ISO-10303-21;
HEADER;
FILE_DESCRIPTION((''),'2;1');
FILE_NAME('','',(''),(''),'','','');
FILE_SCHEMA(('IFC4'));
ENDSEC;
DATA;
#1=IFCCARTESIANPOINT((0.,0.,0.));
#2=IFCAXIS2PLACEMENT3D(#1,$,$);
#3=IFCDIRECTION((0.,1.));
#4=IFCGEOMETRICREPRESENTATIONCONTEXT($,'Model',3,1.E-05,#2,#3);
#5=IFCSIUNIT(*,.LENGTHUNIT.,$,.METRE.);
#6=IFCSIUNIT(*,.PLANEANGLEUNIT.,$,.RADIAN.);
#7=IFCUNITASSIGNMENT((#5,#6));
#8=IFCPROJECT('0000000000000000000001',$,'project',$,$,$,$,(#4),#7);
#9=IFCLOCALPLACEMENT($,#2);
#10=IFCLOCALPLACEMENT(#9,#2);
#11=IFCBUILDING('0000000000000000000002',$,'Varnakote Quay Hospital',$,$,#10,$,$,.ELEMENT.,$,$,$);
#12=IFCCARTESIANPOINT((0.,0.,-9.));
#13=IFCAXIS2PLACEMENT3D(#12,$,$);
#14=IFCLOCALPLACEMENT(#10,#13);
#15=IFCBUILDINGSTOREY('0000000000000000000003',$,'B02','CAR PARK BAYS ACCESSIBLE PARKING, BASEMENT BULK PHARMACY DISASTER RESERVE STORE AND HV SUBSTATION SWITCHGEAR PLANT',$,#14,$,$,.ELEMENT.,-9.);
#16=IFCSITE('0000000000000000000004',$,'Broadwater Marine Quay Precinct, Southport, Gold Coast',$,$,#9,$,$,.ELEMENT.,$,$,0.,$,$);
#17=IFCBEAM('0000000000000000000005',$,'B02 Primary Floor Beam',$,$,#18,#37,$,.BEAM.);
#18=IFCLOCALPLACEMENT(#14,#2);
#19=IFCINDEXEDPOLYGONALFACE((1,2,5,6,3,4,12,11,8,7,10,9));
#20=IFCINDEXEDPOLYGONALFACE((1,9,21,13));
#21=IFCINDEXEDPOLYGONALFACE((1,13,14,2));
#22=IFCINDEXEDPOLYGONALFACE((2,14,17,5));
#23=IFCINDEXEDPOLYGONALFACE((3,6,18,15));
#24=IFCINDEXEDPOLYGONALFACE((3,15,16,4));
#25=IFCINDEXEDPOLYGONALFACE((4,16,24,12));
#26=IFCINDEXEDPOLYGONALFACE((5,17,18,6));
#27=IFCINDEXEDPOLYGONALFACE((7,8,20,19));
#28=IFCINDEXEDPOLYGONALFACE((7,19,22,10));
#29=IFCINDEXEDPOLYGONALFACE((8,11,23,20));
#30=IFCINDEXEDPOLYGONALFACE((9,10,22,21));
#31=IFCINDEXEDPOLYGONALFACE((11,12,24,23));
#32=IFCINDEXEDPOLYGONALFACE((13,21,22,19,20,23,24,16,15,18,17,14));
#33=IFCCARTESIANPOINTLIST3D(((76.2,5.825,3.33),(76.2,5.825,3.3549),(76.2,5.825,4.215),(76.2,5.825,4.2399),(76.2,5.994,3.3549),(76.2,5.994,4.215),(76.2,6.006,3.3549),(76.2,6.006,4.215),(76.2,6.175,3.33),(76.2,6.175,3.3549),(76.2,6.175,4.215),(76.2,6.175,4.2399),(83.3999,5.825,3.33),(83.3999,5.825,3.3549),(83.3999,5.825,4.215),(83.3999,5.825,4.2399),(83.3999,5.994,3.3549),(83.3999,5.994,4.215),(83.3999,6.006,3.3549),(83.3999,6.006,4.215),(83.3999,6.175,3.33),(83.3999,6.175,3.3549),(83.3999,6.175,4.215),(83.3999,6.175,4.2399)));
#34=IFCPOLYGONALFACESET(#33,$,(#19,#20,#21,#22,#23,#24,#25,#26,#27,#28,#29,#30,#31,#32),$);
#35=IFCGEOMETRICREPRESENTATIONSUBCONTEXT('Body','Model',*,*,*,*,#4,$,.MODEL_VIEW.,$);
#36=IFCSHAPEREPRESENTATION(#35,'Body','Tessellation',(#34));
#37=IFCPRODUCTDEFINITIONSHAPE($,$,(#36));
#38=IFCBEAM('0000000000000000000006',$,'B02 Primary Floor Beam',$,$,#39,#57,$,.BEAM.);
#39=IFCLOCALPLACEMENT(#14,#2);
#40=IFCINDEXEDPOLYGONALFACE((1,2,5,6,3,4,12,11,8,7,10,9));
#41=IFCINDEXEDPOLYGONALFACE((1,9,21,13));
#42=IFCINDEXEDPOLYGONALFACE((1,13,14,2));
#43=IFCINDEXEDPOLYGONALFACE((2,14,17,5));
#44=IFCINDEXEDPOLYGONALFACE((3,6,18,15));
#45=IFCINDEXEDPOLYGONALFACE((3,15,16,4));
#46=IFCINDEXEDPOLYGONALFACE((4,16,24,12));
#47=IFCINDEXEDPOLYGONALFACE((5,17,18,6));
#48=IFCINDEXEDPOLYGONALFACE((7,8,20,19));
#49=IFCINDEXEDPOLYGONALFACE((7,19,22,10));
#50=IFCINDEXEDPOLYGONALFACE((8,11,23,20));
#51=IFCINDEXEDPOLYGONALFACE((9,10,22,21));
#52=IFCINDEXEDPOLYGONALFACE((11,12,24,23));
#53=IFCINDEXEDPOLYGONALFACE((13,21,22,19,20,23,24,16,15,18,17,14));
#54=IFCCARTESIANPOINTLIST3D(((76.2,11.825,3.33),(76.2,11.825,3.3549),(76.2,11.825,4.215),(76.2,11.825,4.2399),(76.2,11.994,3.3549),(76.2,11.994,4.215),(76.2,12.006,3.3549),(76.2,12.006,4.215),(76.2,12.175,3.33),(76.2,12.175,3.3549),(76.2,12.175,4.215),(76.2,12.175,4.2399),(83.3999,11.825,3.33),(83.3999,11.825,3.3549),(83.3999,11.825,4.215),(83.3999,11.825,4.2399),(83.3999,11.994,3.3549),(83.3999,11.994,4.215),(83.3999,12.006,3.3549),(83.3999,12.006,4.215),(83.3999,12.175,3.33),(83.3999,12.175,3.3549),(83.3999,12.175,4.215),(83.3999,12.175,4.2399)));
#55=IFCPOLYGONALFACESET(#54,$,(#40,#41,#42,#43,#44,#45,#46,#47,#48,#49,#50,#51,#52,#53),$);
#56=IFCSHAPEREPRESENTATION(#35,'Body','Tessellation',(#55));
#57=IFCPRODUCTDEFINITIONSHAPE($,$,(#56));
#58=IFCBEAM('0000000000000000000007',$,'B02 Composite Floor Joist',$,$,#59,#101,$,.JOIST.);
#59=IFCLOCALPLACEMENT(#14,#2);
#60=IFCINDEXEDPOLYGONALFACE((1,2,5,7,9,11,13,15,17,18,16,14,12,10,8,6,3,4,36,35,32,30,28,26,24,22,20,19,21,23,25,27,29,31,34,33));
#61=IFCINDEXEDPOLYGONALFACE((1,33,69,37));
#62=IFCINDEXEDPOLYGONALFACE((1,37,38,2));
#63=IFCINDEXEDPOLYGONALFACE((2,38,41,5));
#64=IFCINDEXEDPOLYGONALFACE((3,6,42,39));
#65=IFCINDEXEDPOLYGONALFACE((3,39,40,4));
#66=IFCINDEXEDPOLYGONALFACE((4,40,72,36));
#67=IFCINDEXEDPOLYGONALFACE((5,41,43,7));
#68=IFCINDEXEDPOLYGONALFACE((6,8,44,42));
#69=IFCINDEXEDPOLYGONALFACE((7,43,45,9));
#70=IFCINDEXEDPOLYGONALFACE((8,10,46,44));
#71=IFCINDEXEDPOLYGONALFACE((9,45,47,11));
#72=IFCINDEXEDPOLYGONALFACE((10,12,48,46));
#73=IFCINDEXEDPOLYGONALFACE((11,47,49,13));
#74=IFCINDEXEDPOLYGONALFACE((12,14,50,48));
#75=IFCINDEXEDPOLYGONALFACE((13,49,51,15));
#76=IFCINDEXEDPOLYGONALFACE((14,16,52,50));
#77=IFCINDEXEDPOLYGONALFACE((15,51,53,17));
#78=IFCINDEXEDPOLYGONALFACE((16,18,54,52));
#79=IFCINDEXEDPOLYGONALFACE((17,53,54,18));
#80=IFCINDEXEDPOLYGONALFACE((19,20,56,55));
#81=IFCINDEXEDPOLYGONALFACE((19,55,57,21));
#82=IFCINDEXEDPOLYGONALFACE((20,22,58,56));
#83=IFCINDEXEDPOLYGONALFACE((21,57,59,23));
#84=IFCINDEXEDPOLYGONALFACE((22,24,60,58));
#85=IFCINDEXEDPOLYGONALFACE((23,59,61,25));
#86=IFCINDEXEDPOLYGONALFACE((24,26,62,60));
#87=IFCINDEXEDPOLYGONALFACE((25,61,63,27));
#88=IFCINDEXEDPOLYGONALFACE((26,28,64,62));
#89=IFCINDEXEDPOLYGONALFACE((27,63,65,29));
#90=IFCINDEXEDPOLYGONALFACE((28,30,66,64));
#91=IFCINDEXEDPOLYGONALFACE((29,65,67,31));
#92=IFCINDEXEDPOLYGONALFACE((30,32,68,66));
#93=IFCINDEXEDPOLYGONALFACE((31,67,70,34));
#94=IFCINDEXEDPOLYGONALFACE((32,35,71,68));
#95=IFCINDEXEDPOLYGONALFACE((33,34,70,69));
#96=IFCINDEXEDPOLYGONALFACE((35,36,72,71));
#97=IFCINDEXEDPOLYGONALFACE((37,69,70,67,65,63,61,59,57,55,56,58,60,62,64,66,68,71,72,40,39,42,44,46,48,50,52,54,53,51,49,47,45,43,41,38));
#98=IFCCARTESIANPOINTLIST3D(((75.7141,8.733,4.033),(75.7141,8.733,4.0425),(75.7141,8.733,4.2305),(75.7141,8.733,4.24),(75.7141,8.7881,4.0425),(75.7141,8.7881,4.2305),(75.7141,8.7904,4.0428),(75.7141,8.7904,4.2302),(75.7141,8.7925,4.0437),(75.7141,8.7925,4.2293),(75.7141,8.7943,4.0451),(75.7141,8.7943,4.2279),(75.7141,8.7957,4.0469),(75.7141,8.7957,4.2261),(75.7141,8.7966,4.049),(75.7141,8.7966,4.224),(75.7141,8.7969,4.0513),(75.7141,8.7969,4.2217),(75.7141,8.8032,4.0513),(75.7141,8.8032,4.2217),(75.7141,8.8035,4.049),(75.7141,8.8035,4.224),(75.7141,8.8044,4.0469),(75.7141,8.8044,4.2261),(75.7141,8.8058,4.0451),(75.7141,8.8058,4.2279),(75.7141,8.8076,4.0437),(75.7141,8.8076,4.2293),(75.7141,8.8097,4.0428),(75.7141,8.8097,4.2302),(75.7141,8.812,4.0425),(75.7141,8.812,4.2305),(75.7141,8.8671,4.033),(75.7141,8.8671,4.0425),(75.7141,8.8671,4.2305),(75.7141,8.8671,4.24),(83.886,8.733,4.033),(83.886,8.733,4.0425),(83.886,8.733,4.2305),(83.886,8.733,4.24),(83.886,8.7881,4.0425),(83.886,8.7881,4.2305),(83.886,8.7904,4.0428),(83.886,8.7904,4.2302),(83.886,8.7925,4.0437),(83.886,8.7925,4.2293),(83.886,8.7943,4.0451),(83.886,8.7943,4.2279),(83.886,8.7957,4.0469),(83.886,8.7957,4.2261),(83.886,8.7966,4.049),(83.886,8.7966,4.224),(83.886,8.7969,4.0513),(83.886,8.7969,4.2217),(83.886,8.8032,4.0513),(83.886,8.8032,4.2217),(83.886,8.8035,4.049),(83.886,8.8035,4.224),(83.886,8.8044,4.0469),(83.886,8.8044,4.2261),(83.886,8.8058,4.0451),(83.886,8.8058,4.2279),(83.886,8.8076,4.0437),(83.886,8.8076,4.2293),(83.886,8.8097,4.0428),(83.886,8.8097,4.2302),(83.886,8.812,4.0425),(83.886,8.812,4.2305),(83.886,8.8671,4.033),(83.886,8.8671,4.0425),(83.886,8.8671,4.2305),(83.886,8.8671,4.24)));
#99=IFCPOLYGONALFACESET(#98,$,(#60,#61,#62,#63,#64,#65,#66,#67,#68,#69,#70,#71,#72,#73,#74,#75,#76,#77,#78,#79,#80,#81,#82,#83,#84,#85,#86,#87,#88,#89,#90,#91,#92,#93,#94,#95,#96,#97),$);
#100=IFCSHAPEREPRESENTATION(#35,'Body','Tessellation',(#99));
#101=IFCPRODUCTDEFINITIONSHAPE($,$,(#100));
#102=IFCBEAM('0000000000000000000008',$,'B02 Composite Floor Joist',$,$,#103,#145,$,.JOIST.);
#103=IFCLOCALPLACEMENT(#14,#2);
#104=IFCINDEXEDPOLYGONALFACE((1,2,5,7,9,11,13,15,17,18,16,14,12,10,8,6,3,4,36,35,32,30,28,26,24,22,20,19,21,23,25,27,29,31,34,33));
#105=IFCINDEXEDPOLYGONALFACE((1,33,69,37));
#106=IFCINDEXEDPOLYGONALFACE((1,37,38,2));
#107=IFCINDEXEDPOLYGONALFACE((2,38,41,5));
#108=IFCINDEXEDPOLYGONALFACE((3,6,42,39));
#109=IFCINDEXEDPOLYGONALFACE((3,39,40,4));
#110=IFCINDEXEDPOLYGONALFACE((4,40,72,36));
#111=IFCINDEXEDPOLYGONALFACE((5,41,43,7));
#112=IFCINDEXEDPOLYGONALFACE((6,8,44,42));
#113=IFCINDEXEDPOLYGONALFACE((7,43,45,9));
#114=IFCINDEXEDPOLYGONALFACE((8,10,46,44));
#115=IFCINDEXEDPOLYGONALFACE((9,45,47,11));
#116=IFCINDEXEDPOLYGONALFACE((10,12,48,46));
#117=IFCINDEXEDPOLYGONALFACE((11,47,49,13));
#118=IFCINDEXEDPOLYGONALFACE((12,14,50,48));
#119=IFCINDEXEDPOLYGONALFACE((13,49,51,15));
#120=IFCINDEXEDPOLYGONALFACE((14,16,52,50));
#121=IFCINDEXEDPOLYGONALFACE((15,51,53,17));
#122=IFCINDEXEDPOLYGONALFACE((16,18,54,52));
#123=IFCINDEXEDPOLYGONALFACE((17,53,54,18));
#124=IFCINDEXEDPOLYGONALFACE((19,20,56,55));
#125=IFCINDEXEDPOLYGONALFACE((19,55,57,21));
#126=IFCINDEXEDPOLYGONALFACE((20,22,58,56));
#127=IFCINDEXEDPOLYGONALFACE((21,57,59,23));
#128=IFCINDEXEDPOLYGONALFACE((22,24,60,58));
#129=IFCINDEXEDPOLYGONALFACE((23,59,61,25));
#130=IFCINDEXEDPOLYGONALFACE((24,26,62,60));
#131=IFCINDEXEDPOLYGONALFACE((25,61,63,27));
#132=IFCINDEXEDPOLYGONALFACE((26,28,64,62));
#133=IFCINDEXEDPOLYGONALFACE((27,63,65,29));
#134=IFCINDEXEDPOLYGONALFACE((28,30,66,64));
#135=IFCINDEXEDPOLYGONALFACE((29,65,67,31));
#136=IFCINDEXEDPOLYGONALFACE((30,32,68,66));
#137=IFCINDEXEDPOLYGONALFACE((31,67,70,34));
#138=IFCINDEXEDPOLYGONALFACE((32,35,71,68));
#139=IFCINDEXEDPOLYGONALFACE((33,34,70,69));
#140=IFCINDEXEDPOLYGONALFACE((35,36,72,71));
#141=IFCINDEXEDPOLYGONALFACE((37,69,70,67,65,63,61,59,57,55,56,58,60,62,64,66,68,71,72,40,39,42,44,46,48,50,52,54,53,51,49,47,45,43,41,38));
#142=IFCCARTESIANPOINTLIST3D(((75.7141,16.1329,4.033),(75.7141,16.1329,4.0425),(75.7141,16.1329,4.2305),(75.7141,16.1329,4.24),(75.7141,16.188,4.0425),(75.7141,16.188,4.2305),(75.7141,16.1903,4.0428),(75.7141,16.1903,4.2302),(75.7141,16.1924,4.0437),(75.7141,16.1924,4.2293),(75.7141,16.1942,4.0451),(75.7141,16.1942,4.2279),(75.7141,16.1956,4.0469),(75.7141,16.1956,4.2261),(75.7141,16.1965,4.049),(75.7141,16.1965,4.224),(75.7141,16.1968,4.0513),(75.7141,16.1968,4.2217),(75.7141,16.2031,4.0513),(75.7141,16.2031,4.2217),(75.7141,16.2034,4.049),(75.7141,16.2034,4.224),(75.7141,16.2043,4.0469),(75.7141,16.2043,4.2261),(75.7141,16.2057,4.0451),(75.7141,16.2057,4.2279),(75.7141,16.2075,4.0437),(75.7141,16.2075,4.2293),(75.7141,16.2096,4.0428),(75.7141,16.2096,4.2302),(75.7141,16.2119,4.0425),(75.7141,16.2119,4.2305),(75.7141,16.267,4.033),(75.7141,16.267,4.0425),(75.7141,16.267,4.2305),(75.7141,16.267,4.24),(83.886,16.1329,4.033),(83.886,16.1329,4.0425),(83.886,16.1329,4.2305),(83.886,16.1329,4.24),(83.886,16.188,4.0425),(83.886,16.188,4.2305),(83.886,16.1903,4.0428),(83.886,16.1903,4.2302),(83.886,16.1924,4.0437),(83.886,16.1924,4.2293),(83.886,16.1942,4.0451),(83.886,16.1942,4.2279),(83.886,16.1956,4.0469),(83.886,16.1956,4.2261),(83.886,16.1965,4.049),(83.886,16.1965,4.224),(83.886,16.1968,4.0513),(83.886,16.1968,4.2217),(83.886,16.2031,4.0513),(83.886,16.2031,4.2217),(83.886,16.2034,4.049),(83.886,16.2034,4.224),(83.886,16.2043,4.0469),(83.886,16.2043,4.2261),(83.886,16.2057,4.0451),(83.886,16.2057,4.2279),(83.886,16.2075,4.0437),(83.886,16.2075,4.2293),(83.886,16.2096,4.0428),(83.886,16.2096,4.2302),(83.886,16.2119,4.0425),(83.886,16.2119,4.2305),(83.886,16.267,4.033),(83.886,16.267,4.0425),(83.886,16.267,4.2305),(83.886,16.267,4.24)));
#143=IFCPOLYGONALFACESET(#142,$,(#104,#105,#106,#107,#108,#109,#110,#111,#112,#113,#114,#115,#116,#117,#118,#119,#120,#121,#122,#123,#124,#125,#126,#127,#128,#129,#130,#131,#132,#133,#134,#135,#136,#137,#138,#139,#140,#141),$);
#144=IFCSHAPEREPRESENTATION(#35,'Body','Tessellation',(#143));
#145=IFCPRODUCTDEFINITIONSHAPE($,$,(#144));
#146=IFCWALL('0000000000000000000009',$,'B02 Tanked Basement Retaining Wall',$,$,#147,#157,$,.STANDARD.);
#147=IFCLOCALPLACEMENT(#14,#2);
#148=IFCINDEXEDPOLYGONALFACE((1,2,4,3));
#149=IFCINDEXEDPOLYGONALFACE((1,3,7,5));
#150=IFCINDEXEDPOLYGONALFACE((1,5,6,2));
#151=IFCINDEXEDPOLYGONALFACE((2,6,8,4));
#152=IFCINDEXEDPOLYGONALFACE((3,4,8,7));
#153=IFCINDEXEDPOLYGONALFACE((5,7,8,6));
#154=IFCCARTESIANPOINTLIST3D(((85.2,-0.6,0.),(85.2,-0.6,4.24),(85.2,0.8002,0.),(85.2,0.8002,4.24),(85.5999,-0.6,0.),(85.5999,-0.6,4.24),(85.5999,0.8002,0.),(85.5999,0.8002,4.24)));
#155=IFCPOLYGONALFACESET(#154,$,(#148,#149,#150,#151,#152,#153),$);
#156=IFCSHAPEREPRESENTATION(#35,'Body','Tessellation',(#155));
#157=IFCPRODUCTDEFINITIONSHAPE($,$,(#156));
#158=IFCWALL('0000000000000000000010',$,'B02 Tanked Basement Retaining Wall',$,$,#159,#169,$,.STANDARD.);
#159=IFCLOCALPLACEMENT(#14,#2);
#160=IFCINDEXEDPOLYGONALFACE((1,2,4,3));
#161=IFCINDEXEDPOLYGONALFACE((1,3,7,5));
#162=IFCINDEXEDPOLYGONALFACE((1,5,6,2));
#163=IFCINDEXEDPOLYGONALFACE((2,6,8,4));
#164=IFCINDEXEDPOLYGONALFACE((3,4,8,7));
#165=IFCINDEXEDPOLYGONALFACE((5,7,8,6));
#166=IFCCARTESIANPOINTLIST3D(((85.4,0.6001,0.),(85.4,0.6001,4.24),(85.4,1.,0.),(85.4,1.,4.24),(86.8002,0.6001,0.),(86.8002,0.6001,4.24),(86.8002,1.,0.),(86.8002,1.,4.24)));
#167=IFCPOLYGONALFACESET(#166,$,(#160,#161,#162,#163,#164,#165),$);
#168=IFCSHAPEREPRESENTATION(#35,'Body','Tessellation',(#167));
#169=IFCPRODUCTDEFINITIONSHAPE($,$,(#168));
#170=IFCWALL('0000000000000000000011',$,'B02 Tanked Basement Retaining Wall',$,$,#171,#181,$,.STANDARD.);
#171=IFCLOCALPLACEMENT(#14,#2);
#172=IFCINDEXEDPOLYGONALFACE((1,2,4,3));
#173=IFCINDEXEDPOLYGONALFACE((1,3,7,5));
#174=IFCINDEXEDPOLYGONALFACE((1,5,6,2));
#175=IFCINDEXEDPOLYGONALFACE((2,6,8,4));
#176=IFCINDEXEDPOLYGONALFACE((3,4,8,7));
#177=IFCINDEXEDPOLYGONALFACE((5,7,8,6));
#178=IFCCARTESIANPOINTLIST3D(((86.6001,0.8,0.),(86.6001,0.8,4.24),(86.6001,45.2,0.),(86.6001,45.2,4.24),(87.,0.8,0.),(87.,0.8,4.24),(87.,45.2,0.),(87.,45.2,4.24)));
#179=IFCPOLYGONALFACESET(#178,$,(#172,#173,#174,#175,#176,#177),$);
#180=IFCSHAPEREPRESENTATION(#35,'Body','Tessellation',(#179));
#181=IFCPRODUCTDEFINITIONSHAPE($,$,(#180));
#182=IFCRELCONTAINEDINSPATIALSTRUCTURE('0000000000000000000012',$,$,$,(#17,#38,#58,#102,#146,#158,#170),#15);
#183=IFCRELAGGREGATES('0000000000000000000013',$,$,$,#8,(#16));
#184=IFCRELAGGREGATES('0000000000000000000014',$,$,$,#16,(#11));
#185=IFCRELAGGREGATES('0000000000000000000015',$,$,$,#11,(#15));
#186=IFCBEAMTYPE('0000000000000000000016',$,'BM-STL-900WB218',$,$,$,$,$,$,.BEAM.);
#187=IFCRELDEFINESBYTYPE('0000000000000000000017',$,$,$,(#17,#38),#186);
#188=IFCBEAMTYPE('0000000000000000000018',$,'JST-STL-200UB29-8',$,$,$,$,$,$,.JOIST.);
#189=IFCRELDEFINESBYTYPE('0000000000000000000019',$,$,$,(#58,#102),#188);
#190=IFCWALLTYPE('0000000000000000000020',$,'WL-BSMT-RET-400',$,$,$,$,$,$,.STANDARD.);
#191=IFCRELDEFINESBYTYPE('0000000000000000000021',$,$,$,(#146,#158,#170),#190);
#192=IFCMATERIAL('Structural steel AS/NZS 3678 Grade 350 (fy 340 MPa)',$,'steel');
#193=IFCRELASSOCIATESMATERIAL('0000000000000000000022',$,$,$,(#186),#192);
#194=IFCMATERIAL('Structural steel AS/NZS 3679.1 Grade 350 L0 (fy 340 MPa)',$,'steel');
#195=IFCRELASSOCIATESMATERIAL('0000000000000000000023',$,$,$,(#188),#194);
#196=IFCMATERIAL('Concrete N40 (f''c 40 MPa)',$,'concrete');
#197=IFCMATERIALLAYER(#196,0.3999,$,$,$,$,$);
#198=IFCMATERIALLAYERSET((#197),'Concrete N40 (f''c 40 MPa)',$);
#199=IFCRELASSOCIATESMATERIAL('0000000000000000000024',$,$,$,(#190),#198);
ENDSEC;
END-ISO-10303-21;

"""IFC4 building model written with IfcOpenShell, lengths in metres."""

from ifc_helpers import new_model, si_unit, direction, frame, frame_2d, origin, origin_2d, place, context, subcontext, project, spatial, rectangle, i_section, extrude, material, layer, layer_set, material_profile, profile_set, type_object, element, save


model = new_model("IFC4")

# Units and contexts
model_context = context("Model", 3, precision=1e-05, world=origin(), true_north=direction((0.0, 1.0)))
body_context = subcontext(model_context, "Body", "Model", "MODEL_VIEW")
ifc_project = project(units=[si_unit("LENGTHUNIT", "METRE"), si_unit("PLANEANGLEUNIT", "RADIAN")], contexts=[model_context])

# Site, building, storey
site_placement = place(None, origin())
site = spatial("IfcSite", under=ifc_project, at=site_placement, Name="Broadwater Marine Quay Precinct, Southport, Gold Coast", CompositionType="ELEMENT", RefElevation=0.0)
building_placement = place(site_placement, origin())
building = spatial("IfcBuilding", under=site, at=building_placement, Name="Varnakote Quay Hospital", CompositionType="ELEMENT")
storey_placement = place(building_placement, frame((0.0, 0.0, -9.0)))
storey = spatial("IfcBuildingStorey", under=building, at=storey_placement, Name="B02", Description="CAR PARK BAYS ACCESSIBLE PARKING, BASEMENT BULK PHARMACY DISASTER RESERVE STORE AND HV SUBSTATION SWITCHGEAR PLANT", CompositionType="ELEMENT", Elevation=-9.0)

# Beams
ifc_material_1 = material(Name="Structural steel AS/NZS 3678 Grade 350 (fy 340 MPa)", Category="steel")
ifc_material_profile_1 = material_profile(ifc_material_1, i_section(OverallWidth=0.3501, OverallDepth=0.9099, WebThickness=0.012, FlangeThickness=0.0249, at=origin_2d()), Name="900WB218")
ifc_profile_set_1 = profile_set([ifc_material_profile_1], Name="Structural steel AS/NZS 3678 Grade 350 (fy 340 MPa)")
beam_type_1 = type_object("IfcBeamType", Name="BM-STL-900WB218", PredefinedType="BEAM", material=ifc_profile_set_1)
for number, where, z_axis, x_axis, name in (
    (1, (76.2, 6.0, 3.7849), (1.0, 0.0, 0.0), (0.0, 1.0, 0.0), "B02 Primary Floor Beam"),
    (2, (76.2, 12.0, 3.7849), (1.0, 0.0, 0.0), (0.0, 1.0, 0.0), "B02 Primary Floor Beam"),
):
    element("IfcBeam", number, at=place(storey_placement, frame(where, z_axis=z_axis, x_axis=x_axis)), inside=storey, type_object=beam_type_1, Name=name, PredefinedType="BEAM", context=body_context, shape_type="SweptSolid", body=[
        extrude(i_section(OverallWidth=0.3501, OverallDepth=0.9099, WebThickness=0.012, FlangeThickness=0.0249, at=origin_2d()), origin(), (0.0, 0.0, 1.0), 7.2),
    ])
ifc_material_2 = material(Name="Structural steel AS/NZS 3679.1 Grade 350 L0 (fy 340 MPa)", Category="steel")
ifc_material_profile_2 = material_profile(ifc_material_2, i_section(OverallWidth=0.134, OverallDepth=0.207, WebThickness=0.0063, FlangeThickness=0.0095, FilletRadius=0.0088, at=origin_2d()), Name="200UB29.8")
ifc_profile_set_2 = profile_set([ifc_material_profile_2], Name="Structural steel AS/NZS 3679.1 Grade 350 L0 (fy 340 MPa)")
beam_type_2 = type_object("IfcBeamType", Name="JST-STL-200UB29-8", PredefinedType="JOIST", material=ifc_profile_set_2)
for number, where, z_axis, x_axis, name in (
    (3, (75.7141, 8.8, 4.1365), (1.0, 0.0, 0.0), (0.0, 1.0, 0.0), "B02 Composite Floor Joist"),
    (4, (75.7141, 16.2, 4.1365), (1.0, 0.0, 0.0), (0.0, 1.0, 0.0), "B02 Composite Floor Joist"),
):
    element("IfcBeam", number, at=place(storey_placement, frame(where, z_axis=z_axis, x_axis=x_axis)), inside=storey, type_object=beam_type_2, Name=name, PredefinedType="JOIST", context=body_context, shape_type="SweptSolid", body=[
        extrude(i_section(OverallWidth=0.134, OverallDepth=0.207, WebThickness=0.0063, FlangeThickness=0.0095, FilletRadius=0.0088, at=origin_2d()), origin(), (0.0, 0.0, 1.0), 8.1719),
    ])

# Walls
ifc_material_3 = material(Name="Concrete N40 (f'c 40 MPa)", Category="concrete")
ifc_layer_1 = layer(ifc_material_3, 0.3999)
ifc_layer_set_1 = layer_set([ifc_layer_1], Name="Concrete N40 (f'c 40 MPa)")
wall_type_1 = type_object("IfcWallType", Name="WL-BSMT-RET-400", PredefinedType="STANDARD", material=ifc_layer_set_1)
for number, where, z_axis, x_axis, name in (
    (5, (85.3999, -0.6001, 0.0), (0.0, 0.0, 1.0), (0.0, 1.0, 0.0), "B02 Tanked Basement Retaining Wall"),
    (6, (85.3999, 0.8, 0.0), (0.0, 0.0, 1.0), (1.0, 0.0, 0.0), "B02 Tanked Basement Retaining Wall"),
):
    element("IfcWall", number, at=place(storey_placement, frame(where, z_axis=z_axis, x_axis=x_axis)), inside=storey, type_object=wall_type_1, Name=name, PredefinedType="STANDARD", context=body_context, shape_type="SweptSolid", body=[
        extrude(rectangle(XDim=1.4001, YDim=0.3999, at=frame_2d((0.7002, 0.0))), origin(), (0.0, 0.0, 1.0), 4.24),
    ])
wall_1_placement = place(storey_placement, frame((86.8, 0.8, 0.0), z_axis=(0.0, 0.0, 1.0), x_axis=(0.0, 1.0, 0.0)))
element("IfcWall", 7, at=wall_1_placement, inside=storey, type_object=wall_type_1, Name="B02 Tanked Basement Retaining Wall", PredefinedType="STANDARD", context=body_context, shape_type="SweptSolid", body=[
    extrude(rectangle(XDim=44.3999, YDim=0.3999, at=frame_2d((22.2, 0.0))), origin(), (0.0, 0.0, 1.0), 4.24),
])

save(model, "model.ifc")
